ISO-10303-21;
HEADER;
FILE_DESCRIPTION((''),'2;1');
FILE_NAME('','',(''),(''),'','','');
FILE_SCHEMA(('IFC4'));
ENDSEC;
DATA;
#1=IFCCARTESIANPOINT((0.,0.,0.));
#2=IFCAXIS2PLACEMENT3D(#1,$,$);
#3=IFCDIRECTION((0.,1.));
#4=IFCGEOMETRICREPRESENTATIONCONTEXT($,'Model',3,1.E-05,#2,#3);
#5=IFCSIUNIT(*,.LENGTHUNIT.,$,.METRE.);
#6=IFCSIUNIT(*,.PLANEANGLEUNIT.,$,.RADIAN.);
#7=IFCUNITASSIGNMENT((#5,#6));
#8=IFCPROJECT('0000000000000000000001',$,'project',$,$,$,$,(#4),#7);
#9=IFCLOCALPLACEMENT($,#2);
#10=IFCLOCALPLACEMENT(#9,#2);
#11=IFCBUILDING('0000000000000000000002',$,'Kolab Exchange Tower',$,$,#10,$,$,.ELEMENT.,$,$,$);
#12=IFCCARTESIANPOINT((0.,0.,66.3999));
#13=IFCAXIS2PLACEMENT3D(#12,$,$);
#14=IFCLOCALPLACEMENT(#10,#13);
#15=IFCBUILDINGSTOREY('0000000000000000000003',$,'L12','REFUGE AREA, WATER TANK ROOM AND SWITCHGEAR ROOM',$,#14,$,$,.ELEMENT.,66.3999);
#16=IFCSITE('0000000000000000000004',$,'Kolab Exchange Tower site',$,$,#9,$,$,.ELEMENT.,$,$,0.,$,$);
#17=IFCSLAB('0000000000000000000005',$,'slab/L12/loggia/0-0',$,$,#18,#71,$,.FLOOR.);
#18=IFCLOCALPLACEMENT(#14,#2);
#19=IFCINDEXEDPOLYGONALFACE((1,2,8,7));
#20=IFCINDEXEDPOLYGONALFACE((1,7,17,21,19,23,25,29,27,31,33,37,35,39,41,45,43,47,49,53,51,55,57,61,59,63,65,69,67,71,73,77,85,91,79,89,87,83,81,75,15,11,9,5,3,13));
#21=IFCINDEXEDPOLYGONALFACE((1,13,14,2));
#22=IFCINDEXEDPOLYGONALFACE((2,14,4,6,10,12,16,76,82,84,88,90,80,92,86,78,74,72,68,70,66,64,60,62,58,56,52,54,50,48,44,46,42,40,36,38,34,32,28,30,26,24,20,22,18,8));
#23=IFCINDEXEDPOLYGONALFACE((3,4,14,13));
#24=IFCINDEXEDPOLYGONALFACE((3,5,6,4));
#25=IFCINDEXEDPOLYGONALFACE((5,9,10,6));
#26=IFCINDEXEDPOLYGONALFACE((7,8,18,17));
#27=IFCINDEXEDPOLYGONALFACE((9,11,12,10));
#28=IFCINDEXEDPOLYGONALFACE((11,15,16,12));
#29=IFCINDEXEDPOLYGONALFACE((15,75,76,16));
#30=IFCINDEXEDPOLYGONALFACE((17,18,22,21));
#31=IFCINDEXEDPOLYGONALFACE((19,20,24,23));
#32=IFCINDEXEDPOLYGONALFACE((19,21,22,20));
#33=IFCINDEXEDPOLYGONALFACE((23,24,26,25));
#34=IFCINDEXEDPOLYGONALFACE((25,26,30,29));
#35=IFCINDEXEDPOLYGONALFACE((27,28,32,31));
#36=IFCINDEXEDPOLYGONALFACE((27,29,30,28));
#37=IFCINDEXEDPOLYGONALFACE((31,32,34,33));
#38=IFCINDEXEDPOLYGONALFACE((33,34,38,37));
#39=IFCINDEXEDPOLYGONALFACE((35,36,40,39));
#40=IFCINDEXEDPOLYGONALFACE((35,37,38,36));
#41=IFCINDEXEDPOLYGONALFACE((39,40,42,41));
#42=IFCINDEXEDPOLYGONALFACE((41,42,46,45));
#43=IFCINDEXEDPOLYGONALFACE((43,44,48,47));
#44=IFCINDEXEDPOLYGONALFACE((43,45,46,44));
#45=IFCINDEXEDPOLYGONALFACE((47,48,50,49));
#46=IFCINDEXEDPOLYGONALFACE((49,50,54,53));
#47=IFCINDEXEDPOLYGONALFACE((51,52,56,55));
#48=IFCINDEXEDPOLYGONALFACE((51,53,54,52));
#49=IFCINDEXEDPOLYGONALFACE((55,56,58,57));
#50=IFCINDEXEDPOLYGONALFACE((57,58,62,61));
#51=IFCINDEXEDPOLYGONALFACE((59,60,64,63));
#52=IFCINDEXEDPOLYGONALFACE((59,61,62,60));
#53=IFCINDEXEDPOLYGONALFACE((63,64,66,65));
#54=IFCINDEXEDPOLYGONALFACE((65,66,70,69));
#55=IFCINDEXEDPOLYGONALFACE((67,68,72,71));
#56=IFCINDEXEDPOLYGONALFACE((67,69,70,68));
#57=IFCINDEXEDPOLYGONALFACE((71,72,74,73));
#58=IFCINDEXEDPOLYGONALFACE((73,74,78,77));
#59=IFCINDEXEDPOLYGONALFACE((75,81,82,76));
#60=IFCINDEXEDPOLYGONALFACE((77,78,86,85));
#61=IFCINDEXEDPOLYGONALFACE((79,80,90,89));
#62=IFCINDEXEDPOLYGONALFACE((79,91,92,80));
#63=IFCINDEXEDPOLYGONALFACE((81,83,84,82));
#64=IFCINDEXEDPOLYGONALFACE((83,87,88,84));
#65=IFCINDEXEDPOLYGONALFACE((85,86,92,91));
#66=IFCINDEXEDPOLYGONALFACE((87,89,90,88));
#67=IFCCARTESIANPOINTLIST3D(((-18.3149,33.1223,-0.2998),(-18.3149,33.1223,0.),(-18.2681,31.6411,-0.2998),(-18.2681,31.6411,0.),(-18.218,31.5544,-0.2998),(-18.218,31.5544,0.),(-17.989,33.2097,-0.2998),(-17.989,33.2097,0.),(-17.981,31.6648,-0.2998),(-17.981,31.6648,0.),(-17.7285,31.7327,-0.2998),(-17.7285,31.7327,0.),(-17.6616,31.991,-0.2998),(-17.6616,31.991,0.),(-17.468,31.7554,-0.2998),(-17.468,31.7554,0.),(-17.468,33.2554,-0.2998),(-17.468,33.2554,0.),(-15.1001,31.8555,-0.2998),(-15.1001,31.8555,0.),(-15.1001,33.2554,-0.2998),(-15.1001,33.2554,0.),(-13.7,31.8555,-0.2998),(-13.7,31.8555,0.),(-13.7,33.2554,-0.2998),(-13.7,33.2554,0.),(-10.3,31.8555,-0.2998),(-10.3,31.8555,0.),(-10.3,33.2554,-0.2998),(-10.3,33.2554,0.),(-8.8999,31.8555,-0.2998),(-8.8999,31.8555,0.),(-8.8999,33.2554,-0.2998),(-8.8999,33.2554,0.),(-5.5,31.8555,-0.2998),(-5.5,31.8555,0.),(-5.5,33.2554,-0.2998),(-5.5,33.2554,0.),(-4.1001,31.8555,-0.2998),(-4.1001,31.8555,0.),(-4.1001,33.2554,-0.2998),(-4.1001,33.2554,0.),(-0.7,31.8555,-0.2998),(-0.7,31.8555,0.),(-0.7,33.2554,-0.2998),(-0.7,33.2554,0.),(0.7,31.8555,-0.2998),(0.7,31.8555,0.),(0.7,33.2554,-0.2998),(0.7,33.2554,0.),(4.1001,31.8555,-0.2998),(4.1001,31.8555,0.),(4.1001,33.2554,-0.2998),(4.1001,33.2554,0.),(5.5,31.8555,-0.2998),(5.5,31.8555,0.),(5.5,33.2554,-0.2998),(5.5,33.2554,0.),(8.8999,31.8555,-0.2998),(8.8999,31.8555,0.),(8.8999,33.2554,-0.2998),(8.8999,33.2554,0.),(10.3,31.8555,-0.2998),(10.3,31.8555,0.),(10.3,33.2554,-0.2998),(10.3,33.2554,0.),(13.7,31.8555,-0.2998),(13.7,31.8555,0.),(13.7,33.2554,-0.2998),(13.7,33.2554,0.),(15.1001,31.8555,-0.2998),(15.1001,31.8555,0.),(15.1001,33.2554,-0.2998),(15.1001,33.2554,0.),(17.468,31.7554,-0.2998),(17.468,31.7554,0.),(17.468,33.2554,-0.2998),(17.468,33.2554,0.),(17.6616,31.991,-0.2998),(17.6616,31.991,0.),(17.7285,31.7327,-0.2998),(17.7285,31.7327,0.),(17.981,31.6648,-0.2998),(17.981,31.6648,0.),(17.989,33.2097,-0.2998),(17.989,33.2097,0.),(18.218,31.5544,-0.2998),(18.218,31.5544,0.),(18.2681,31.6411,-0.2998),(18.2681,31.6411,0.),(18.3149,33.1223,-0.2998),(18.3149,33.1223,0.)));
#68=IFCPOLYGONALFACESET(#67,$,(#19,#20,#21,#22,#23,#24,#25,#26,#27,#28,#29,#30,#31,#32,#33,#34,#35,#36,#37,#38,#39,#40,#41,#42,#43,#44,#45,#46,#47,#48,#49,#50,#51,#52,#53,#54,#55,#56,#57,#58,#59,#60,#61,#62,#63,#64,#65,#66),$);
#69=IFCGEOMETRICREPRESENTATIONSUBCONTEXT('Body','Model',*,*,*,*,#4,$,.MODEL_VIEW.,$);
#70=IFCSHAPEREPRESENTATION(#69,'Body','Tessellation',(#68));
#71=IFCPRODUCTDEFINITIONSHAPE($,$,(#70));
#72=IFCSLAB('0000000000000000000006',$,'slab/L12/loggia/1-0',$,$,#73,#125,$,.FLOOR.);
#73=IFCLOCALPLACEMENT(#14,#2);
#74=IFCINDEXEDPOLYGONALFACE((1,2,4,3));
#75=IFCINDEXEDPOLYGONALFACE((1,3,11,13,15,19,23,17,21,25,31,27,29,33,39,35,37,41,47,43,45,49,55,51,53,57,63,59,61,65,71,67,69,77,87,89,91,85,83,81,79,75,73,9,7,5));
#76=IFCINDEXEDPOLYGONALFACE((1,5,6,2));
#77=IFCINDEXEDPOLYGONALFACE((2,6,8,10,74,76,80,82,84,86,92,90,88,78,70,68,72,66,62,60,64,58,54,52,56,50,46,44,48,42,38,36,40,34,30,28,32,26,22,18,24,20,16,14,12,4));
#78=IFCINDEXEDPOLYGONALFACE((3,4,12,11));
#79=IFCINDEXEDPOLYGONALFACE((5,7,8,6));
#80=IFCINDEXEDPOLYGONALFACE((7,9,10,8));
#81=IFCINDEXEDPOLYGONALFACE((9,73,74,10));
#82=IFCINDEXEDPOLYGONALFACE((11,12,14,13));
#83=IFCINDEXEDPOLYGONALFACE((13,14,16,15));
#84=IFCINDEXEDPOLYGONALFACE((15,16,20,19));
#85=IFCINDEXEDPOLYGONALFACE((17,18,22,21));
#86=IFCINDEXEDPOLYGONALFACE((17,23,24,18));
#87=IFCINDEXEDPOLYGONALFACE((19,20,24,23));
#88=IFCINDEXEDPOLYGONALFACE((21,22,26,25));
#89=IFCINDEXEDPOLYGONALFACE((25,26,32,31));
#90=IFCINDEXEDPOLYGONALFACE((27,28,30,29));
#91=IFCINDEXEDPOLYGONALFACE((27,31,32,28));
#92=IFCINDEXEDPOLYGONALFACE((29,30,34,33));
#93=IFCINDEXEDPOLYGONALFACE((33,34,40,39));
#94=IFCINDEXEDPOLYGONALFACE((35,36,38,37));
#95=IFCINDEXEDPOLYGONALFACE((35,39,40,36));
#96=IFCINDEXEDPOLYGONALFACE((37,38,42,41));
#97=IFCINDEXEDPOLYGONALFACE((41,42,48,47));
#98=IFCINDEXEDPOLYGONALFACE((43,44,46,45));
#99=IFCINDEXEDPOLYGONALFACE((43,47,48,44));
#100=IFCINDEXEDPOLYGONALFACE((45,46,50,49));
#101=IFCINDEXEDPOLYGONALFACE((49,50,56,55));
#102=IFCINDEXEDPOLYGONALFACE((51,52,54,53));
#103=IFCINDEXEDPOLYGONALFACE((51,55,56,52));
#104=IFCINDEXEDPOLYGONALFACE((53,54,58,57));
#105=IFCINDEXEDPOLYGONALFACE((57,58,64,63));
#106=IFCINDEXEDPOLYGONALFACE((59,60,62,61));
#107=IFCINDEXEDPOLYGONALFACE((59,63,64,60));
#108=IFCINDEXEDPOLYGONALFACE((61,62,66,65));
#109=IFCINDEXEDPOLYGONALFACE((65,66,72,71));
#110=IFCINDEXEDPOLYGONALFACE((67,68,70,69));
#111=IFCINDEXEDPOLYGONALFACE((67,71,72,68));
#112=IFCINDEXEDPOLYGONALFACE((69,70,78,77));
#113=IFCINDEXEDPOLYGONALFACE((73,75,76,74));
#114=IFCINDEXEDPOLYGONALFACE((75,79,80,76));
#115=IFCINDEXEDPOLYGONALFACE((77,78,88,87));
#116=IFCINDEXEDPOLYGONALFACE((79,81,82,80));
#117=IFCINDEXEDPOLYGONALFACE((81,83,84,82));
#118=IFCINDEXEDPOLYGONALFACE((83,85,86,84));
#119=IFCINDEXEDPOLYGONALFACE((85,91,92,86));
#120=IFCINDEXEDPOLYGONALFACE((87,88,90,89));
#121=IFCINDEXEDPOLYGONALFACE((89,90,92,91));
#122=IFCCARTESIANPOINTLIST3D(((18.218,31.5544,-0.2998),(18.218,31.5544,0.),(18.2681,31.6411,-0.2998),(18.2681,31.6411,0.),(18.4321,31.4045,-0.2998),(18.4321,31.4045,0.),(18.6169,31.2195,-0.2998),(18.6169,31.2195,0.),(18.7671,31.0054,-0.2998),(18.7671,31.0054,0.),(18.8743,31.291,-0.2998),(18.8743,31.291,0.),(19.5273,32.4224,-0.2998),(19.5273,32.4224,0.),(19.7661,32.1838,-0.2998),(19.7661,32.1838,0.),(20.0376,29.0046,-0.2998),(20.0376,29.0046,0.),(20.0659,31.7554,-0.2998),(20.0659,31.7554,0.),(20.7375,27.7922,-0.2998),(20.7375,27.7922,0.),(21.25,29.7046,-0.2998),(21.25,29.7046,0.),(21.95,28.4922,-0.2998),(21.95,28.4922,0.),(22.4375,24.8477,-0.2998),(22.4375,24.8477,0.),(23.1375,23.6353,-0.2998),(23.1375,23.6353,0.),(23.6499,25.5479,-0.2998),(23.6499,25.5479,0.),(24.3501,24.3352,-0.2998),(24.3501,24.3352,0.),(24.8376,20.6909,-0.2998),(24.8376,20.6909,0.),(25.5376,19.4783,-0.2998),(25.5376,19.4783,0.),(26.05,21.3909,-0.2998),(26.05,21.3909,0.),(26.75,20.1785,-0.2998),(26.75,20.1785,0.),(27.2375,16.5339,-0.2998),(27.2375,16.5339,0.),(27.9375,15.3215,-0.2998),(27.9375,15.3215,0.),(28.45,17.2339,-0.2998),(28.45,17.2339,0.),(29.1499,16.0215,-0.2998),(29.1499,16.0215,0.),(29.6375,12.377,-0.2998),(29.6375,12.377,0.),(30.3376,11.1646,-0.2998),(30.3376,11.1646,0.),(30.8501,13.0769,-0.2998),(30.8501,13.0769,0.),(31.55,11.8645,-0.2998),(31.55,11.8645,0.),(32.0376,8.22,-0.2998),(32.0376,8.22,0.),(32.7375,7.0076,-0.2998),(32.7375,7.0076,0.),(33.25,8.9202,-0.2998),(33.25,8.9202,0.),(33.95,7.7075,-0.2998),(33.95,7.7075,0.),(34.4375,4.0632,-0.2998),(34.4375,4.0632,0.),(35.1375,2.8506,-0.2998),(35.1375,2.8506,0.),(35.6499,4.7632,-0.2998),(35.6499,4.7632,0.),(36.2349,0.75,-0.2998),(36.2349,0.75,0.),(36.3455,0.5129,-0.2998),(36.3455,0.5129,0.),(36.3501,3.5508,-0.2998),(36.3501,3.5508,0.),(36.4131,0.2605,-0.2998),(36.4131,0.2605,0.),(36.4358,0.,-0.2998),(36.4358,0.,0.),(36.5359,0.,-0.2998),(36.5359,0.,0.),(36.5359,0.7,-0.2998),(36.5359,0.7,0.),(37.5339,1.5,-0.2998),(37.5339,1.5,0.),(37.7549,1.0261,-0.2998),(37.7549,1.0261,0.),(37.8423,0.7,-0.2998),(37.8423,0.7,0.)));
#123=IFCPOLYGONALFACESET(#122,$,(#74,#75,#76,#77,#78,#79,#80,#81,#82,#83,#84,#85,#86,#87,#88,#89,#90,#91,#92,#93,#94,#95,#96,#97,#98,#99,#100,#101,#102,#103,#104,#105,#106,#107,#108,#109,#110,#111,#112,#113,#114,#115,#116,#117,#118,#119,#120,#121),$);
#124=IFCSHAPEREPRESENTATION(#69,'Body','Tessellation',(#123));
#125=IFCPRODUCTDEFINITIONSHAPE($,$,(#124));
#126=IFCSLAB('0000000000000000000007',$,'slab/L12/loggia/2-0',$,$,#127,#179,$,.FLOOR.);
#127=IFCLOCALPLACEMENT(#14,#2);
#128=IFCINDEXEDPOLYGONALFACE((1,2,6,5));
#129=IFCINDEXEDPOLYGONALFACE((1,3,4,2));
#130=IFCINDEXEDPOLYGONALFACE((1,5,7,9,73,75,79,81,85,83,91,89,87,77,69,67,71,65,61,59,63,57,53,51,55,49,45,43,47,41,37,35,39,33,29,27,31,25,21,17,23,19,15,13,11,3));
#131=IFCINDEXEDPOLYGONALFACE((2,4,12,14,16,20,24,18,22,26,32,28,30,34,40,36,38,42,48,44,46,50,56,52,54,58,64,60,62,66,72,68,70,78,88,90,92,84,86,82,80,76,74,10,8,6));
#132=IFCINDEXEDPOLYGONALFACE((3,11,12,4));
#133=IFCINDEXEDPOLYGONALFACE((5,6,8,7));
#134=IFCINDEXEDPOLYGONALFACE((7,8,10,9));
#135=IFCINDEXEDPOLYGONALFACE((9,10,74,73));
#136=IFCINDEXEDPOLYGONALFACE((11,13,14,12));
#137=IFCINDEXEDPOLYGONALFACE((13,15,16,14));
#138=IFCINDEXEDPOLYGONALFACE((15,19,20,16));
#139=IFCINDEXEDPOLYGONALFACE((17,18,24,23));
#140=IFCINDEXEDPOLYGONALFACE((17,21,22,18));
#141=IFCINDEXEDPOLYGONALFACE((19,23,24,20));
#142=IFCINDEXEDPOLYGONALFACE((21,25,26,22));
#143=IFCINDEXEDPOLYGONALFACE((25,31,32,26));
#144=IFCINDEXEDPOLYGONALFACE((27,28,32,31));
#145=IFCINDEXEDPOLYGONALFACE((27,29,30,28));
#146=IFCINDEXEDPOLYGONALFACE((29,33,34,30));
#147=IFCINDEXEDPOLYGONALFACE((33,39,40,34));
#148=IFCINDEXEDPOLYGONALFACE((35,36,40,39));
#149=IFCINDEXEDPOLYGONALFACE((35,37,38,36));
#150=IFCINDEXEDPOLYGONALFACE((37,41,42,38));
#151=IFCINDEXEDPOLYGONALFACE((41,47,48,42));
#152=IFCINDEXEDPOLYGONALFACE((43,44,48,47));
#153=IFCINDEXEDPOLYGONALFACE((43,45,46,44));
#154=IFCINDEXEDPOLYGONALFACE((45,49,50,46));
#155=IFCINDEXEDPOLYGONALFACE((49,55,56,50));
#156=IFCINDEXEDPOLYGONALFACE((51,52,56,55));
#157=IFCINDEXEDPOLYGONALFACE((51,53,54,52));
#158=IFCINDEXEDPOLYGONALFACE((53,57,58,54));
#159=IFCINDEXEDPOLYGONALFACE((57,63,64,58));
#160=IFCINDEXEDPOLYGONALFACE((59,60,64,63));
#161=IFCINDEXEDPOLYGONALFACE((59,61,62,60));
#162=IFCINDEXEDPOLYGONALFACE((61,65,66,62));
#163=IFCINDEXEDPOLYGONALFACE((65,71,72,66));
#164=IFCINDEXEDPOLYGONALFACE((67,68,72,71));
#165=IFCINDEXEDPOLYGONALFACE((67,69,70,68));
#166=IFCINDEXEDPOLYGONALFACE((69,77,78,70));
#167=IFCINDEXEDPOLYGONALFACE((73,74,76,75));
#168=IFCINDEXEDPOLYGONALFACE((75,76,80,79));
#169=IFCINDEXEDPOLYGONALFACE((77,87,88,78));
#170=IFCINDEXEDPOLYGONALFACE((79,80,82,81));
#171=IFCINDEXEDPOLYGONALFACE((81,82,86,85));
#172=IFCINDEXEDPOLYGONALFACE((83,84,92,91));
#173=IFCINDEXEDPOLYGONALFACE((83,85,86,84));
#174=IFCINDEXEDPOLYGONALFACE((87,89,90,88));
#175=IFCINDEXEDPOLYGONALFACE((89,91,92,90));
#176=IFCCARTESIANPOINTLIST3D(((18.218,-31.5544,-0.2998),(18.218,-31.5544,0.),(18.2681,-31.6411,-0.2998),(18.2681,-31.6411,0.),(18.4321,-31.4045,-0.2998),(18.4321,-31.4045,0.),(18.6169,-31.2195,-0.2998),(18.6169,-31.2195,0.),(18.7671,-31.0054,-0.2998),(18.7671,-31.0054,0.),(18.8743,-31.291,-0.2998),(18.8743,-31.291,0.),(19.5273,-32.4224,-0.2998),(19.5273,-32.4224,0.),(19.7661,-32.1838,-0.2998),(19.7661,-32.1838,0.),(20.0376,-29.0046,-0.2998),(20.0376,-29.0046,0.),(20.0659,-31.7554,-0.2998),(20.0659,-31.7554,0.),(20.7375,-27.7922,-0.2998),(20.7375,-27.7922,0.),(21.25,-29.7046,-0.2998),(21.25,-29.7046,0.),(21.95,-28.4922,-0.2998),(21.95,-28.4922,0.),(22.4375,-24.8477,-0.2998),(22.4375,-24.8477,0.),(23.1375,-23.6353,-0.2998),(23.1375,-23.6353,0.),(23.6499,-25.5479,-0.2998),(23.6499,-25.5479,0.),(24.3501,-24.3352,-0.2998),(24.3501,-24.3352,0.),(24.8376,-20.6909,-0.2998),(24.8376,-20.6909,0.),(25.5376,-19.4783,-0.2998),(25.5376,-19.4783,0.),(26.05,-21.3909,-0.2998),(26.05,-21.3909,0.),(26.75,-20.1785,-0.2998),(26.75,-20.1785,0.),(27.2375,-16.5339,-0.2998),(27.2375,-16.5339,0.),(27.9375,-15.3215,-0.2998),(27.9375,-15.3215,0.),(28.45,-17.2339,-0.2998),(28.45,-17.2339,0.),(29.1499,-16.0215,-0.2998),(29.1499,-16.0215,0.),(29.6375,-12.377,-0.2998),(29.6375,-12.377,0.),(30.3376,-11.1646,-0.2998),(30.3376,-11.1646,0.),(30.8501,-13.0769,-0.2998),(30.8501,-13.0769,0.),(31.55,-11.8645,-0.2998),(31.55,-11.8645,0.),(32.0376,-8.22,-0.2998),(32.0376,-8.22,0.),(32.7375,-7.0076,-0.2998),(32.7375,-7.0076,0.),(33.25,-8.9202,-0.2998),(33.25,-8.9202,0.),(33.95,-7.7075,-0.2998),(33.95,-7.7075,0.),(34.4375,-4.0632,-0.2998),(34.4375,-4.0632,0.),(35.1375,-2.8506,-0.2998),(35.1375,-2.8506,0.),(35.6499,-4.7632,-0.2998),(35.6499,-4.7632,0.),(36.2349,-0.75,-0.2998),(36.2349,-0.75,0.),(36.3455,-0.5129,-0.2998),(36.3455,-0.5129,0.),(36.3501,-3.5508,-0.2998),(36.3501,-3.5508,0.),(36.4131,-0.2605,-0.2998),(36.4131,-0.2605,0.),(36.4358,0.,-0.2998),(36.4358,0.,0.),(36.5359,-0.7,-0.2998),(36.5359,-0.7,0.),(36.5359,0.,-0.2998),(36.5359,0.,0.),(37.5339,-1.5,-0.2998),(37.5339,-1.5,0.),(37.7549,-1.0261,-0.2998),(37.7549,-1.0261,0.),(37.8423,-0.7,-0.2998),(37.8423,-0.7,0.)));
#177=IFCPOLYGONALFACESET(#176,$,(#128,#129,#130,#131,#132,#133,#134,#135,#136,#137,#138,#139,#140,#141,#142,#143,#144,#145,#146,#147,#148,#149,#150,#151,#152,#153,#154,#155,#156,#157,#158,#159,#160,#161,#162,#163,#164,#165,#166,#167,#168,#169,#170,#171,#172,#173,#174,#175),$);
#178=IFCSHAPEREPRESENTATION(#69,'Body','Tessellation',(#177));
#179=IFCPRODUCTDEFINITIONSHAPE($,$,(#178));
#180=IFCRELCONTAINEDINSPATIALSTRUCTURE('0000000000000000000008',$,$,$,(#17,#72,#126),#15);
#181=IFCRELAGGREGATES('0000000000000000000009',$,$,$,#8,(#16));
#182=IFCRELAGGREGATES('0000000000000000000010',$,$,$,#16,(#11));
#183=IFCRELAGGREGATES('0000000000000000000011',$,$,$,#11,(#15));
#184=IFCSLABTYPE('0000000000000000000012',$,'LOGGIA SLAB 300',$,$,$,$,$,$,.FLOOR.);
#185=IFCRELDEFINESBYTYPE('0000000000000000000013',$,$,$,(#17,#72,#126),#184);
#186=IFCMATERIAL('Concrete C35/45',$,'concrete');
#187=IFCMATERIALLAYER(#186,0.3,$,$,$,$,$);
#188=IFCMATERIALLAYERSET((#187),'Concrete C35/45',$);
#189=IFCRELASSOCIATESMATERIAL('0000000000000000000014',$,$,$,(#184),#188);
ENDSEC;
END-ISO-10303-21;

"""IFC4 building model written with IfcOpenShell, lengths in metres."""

from ifc_helpers import new_model, si_unit, direction, frame, origin, place, context, subcontext, project, spatial, polyline, outline, extrude, material, layer, layer_set, type_object, element, save


model = new_model("IFC4")

# Units and contexts
model_context = context("Model", 3, precision=1e-05, world=origin(), true_north=direction((0.0, 1.0)))
body_context = subcontext(model_context, "Body", "Model", "MODEL_VIEW")
ifc_project = project(units=[si_unit("LENGTHUNIT", "METRE"), si_unit("PLANEANGLEUNIT", "RADIAN")], contexts=[model_context])

# Site, building, storey
site_placement = place(None, origin())
site = spatial("IfcSite", under=ifc_project, at=site_placement, Name="Kolab Exchange Tower site", CompositionType="ELEMENT", RefElevation=0.0)
building_placement = place(site_placement, origin())
building = spatial("IfcBuilding", under=site, at=building_placement, Name="Kolab Exchange Tower", CompositionType="ELEMENT")
storey_placement = place(building_placement, frame((0.0, 0.0, 66.3999)))
storey = spatial("IfcBuildingStorey", under=building, at=storey_placement, Name="L12", Description="REFUGE AREA, WATER TANK ROOM AND SWITCHGEAR ROOM", CompositionType="ELEMENT", Elevation=66.3999)

# Slabs
ifc_material_1 = material(Name="Concrete C35/45", Category="concrete")
ifc_layer_1 = layer(ifc_material_1, 0.3)
ifc_layer_set_1 = layer_set([ifc_layer_1], Name="Concrete C35/45")
slab_type_1 = type_object("IfcSlabType", Name="LOGGIA SLAB 300", PredefinedType="FLOOR", material=ifc_layer_set_1)
slab_1_placement = place(storey_placement, frame((0.0, 0.0, -0.2998)))
element("IfcSlab", 1, at=slab_1_placement, inside=storey, type_object=slab_type_1, Name="slab/L12/loggia/0-0", PredefinedType="FLOOR", context=body_context, shape_type="SweptSolid", body=[
    extrude(outline(polyline([(18.218, 31.5544), (18.2681, 31.6411), (17.6616, 31.991), (18.3149, 33.1223), (17.989, 33.2097), (17.468, 33.2554), (15.1001, 33.2554), (15.1001, 31.8555), (13.7, 31.8555), (13.7, 33.2554), (10.3, 33.2554), (10.3, 31.8555), (8.8999, 31.8555), (8.8999, 33.2554), (5.5, 33.2554), (5.5, 31.8555), (4.1001, 31.8555), (4.1001, 33.2554), (0.7, 33.2554), (0.7, 31.8555), (-0.7, 31.8555), (-0.7, 33.2554), (-4.1001, 33.2554), (-4.1001, 31.8555), (-5.5, 31.8555), (-5.5, 33.2554), (-8.8999, 33.2554), (-8.8999, 31.8555), (-10.3, 31.8555), (-10.3, 33.2554), (-13.7, 33.2554), (-13.7, 31.8555), (-15.1001, 31.8555), (-15.1001, 33.2554), (-17.468, 33.2554), (-17.989, 33.2097), (-18.3149, 33.1223), (-17.6616, 31.991), (-18.2681, 31.6411), (-18.218, 31.5544), (-17.981, 31.6648), (-17.7285, 31.7327), (-17.468, 31.7554), (17.468, 31.7554), (17.7285, 31.7327), (17.981, 31.6648), (18.218, 31.5544)])), origin(), (0.0, 0.0, 1.0), 0.2998),
])
slab_2_placement = place(storey_placement, frame((0.0, 0.0, -0.2998)))
element("IfcSlab", 2, at=slab_2_placement, inside=storey, type_object=slab_type_1, Name="slab/L12/loggia/1-0", PredefinedType="FLOOR", context=body_context, shape_type="SweptSolid", body=[
    extrude(outline(polyline([(36.4358, 0.0), (36.5359, 0.0), (36.5359, 0.7), (37.8423, 0.7), (37.7549, 1.0261), (37.5339, 1.5), (36.3501, 3.5508), (35.1375, 2.8506), (34.4375, 4.0632), (35.6499, 4.7632), (33.95, 7.7075), (32.7375, 7.0076), (32.0376, 8.22), (33.25, 8.9202), (31.55, 11.8645), (30.3376, 11.1646), (29.6375, 12.377), (30.8501, 13.0769), (29.1499, 16.0215), (27.9375, 15.3215), (27.2375, 16.5339), (28.45, 17.2339), (26.75, 20.1785), (25.5376, 19.4783), (24.8376, 20.6909), (26.05, 21.3909), (24.3501, 24.3352), (23.1375, 23.6353), (22.4375, 24.8477), (23.6499, 25.5479), (21.95, 28.4922), (20.7375, 27.7922), (20.0376, 29.0046), (21.25, 29.7046), (20.0659, 31.7554), (19.7661, 32.1838), (19.5273, 32.4224), (18.8743, 31.291), (18.2681, 31.6411), (18.218, 31.5544), (18.4321, 31.4045), (18.6169, 31.2195), (18.7671, 31.0054), (36.2349, 0.75), (36.3455, 0.5129), (36.4131, 0.2605), (36.4358, 0.0)])), origin(), (0.0, 0.0, 1.0), 0.2998),
])
slab_3_placement = place(storey_placement, frame((0.0, 0.0, -0.2998)))
element("IfcSlab", 3, at=slab_3_placement, inside=storey, type_object=slab_type_1, Name="slab/L12/loggia/2-0", PredefinedType="FLOOR", context=body_context, shape_type="SweptSolid", body=[
    extrude(outline(polyline([(20.0659, -31.7554), (21.25, -29.7046), (20.0376, -29.0046), (20.7375, -27.7922), (21.95, -28.4922), (23.6499, -25.5479), (22.4375, -24.8477), (23.1375, -23.6353), (24.3501, -24.3352), (26.05, -21.3909), (24.8376, -20.6909), (25.5376, -19.4783), (26.75, -20.1785), (28.45, -17.2339), (27.2375, -16.5339), (27.9375, -15.3215), (29.1499, -16.0215), (30.8501, -13.0769), (29.6375, -12.377), (30.3376, -11.1646), (31.55, -11.8645), (33.25, -8.9202), (32.0376, -8.22), (32.7375, -7.0076), (33.95, -7.7075), (35.6499, -4.7632), (34.4375, -4.0632), (35.1375, -2.8506), (36.3501, -3.5508), (37.5339, -1.5), (37.7549, -1.0261), (37.8423, -0.7), (36.5359, -0.7), (36.5359, 0.0), (36.4358, 0.0), (36.4131, -0.2605), (36.3455, -0.5129), (36.2349, -0.75), (18.7671, -31.0054), (18.6169, -31.2195), (18.4321, -31.4045), (18.218, -31.5544), (18.2681, -31.6411), (18.8743, -31.291), (19.5273, -32.4224), (19.7661, -32.1838), (20.0659, -31.7554)])), origin(), (0.0, 0.0, 1.0), 0.2998),
])

save(model, "model.ifc")
